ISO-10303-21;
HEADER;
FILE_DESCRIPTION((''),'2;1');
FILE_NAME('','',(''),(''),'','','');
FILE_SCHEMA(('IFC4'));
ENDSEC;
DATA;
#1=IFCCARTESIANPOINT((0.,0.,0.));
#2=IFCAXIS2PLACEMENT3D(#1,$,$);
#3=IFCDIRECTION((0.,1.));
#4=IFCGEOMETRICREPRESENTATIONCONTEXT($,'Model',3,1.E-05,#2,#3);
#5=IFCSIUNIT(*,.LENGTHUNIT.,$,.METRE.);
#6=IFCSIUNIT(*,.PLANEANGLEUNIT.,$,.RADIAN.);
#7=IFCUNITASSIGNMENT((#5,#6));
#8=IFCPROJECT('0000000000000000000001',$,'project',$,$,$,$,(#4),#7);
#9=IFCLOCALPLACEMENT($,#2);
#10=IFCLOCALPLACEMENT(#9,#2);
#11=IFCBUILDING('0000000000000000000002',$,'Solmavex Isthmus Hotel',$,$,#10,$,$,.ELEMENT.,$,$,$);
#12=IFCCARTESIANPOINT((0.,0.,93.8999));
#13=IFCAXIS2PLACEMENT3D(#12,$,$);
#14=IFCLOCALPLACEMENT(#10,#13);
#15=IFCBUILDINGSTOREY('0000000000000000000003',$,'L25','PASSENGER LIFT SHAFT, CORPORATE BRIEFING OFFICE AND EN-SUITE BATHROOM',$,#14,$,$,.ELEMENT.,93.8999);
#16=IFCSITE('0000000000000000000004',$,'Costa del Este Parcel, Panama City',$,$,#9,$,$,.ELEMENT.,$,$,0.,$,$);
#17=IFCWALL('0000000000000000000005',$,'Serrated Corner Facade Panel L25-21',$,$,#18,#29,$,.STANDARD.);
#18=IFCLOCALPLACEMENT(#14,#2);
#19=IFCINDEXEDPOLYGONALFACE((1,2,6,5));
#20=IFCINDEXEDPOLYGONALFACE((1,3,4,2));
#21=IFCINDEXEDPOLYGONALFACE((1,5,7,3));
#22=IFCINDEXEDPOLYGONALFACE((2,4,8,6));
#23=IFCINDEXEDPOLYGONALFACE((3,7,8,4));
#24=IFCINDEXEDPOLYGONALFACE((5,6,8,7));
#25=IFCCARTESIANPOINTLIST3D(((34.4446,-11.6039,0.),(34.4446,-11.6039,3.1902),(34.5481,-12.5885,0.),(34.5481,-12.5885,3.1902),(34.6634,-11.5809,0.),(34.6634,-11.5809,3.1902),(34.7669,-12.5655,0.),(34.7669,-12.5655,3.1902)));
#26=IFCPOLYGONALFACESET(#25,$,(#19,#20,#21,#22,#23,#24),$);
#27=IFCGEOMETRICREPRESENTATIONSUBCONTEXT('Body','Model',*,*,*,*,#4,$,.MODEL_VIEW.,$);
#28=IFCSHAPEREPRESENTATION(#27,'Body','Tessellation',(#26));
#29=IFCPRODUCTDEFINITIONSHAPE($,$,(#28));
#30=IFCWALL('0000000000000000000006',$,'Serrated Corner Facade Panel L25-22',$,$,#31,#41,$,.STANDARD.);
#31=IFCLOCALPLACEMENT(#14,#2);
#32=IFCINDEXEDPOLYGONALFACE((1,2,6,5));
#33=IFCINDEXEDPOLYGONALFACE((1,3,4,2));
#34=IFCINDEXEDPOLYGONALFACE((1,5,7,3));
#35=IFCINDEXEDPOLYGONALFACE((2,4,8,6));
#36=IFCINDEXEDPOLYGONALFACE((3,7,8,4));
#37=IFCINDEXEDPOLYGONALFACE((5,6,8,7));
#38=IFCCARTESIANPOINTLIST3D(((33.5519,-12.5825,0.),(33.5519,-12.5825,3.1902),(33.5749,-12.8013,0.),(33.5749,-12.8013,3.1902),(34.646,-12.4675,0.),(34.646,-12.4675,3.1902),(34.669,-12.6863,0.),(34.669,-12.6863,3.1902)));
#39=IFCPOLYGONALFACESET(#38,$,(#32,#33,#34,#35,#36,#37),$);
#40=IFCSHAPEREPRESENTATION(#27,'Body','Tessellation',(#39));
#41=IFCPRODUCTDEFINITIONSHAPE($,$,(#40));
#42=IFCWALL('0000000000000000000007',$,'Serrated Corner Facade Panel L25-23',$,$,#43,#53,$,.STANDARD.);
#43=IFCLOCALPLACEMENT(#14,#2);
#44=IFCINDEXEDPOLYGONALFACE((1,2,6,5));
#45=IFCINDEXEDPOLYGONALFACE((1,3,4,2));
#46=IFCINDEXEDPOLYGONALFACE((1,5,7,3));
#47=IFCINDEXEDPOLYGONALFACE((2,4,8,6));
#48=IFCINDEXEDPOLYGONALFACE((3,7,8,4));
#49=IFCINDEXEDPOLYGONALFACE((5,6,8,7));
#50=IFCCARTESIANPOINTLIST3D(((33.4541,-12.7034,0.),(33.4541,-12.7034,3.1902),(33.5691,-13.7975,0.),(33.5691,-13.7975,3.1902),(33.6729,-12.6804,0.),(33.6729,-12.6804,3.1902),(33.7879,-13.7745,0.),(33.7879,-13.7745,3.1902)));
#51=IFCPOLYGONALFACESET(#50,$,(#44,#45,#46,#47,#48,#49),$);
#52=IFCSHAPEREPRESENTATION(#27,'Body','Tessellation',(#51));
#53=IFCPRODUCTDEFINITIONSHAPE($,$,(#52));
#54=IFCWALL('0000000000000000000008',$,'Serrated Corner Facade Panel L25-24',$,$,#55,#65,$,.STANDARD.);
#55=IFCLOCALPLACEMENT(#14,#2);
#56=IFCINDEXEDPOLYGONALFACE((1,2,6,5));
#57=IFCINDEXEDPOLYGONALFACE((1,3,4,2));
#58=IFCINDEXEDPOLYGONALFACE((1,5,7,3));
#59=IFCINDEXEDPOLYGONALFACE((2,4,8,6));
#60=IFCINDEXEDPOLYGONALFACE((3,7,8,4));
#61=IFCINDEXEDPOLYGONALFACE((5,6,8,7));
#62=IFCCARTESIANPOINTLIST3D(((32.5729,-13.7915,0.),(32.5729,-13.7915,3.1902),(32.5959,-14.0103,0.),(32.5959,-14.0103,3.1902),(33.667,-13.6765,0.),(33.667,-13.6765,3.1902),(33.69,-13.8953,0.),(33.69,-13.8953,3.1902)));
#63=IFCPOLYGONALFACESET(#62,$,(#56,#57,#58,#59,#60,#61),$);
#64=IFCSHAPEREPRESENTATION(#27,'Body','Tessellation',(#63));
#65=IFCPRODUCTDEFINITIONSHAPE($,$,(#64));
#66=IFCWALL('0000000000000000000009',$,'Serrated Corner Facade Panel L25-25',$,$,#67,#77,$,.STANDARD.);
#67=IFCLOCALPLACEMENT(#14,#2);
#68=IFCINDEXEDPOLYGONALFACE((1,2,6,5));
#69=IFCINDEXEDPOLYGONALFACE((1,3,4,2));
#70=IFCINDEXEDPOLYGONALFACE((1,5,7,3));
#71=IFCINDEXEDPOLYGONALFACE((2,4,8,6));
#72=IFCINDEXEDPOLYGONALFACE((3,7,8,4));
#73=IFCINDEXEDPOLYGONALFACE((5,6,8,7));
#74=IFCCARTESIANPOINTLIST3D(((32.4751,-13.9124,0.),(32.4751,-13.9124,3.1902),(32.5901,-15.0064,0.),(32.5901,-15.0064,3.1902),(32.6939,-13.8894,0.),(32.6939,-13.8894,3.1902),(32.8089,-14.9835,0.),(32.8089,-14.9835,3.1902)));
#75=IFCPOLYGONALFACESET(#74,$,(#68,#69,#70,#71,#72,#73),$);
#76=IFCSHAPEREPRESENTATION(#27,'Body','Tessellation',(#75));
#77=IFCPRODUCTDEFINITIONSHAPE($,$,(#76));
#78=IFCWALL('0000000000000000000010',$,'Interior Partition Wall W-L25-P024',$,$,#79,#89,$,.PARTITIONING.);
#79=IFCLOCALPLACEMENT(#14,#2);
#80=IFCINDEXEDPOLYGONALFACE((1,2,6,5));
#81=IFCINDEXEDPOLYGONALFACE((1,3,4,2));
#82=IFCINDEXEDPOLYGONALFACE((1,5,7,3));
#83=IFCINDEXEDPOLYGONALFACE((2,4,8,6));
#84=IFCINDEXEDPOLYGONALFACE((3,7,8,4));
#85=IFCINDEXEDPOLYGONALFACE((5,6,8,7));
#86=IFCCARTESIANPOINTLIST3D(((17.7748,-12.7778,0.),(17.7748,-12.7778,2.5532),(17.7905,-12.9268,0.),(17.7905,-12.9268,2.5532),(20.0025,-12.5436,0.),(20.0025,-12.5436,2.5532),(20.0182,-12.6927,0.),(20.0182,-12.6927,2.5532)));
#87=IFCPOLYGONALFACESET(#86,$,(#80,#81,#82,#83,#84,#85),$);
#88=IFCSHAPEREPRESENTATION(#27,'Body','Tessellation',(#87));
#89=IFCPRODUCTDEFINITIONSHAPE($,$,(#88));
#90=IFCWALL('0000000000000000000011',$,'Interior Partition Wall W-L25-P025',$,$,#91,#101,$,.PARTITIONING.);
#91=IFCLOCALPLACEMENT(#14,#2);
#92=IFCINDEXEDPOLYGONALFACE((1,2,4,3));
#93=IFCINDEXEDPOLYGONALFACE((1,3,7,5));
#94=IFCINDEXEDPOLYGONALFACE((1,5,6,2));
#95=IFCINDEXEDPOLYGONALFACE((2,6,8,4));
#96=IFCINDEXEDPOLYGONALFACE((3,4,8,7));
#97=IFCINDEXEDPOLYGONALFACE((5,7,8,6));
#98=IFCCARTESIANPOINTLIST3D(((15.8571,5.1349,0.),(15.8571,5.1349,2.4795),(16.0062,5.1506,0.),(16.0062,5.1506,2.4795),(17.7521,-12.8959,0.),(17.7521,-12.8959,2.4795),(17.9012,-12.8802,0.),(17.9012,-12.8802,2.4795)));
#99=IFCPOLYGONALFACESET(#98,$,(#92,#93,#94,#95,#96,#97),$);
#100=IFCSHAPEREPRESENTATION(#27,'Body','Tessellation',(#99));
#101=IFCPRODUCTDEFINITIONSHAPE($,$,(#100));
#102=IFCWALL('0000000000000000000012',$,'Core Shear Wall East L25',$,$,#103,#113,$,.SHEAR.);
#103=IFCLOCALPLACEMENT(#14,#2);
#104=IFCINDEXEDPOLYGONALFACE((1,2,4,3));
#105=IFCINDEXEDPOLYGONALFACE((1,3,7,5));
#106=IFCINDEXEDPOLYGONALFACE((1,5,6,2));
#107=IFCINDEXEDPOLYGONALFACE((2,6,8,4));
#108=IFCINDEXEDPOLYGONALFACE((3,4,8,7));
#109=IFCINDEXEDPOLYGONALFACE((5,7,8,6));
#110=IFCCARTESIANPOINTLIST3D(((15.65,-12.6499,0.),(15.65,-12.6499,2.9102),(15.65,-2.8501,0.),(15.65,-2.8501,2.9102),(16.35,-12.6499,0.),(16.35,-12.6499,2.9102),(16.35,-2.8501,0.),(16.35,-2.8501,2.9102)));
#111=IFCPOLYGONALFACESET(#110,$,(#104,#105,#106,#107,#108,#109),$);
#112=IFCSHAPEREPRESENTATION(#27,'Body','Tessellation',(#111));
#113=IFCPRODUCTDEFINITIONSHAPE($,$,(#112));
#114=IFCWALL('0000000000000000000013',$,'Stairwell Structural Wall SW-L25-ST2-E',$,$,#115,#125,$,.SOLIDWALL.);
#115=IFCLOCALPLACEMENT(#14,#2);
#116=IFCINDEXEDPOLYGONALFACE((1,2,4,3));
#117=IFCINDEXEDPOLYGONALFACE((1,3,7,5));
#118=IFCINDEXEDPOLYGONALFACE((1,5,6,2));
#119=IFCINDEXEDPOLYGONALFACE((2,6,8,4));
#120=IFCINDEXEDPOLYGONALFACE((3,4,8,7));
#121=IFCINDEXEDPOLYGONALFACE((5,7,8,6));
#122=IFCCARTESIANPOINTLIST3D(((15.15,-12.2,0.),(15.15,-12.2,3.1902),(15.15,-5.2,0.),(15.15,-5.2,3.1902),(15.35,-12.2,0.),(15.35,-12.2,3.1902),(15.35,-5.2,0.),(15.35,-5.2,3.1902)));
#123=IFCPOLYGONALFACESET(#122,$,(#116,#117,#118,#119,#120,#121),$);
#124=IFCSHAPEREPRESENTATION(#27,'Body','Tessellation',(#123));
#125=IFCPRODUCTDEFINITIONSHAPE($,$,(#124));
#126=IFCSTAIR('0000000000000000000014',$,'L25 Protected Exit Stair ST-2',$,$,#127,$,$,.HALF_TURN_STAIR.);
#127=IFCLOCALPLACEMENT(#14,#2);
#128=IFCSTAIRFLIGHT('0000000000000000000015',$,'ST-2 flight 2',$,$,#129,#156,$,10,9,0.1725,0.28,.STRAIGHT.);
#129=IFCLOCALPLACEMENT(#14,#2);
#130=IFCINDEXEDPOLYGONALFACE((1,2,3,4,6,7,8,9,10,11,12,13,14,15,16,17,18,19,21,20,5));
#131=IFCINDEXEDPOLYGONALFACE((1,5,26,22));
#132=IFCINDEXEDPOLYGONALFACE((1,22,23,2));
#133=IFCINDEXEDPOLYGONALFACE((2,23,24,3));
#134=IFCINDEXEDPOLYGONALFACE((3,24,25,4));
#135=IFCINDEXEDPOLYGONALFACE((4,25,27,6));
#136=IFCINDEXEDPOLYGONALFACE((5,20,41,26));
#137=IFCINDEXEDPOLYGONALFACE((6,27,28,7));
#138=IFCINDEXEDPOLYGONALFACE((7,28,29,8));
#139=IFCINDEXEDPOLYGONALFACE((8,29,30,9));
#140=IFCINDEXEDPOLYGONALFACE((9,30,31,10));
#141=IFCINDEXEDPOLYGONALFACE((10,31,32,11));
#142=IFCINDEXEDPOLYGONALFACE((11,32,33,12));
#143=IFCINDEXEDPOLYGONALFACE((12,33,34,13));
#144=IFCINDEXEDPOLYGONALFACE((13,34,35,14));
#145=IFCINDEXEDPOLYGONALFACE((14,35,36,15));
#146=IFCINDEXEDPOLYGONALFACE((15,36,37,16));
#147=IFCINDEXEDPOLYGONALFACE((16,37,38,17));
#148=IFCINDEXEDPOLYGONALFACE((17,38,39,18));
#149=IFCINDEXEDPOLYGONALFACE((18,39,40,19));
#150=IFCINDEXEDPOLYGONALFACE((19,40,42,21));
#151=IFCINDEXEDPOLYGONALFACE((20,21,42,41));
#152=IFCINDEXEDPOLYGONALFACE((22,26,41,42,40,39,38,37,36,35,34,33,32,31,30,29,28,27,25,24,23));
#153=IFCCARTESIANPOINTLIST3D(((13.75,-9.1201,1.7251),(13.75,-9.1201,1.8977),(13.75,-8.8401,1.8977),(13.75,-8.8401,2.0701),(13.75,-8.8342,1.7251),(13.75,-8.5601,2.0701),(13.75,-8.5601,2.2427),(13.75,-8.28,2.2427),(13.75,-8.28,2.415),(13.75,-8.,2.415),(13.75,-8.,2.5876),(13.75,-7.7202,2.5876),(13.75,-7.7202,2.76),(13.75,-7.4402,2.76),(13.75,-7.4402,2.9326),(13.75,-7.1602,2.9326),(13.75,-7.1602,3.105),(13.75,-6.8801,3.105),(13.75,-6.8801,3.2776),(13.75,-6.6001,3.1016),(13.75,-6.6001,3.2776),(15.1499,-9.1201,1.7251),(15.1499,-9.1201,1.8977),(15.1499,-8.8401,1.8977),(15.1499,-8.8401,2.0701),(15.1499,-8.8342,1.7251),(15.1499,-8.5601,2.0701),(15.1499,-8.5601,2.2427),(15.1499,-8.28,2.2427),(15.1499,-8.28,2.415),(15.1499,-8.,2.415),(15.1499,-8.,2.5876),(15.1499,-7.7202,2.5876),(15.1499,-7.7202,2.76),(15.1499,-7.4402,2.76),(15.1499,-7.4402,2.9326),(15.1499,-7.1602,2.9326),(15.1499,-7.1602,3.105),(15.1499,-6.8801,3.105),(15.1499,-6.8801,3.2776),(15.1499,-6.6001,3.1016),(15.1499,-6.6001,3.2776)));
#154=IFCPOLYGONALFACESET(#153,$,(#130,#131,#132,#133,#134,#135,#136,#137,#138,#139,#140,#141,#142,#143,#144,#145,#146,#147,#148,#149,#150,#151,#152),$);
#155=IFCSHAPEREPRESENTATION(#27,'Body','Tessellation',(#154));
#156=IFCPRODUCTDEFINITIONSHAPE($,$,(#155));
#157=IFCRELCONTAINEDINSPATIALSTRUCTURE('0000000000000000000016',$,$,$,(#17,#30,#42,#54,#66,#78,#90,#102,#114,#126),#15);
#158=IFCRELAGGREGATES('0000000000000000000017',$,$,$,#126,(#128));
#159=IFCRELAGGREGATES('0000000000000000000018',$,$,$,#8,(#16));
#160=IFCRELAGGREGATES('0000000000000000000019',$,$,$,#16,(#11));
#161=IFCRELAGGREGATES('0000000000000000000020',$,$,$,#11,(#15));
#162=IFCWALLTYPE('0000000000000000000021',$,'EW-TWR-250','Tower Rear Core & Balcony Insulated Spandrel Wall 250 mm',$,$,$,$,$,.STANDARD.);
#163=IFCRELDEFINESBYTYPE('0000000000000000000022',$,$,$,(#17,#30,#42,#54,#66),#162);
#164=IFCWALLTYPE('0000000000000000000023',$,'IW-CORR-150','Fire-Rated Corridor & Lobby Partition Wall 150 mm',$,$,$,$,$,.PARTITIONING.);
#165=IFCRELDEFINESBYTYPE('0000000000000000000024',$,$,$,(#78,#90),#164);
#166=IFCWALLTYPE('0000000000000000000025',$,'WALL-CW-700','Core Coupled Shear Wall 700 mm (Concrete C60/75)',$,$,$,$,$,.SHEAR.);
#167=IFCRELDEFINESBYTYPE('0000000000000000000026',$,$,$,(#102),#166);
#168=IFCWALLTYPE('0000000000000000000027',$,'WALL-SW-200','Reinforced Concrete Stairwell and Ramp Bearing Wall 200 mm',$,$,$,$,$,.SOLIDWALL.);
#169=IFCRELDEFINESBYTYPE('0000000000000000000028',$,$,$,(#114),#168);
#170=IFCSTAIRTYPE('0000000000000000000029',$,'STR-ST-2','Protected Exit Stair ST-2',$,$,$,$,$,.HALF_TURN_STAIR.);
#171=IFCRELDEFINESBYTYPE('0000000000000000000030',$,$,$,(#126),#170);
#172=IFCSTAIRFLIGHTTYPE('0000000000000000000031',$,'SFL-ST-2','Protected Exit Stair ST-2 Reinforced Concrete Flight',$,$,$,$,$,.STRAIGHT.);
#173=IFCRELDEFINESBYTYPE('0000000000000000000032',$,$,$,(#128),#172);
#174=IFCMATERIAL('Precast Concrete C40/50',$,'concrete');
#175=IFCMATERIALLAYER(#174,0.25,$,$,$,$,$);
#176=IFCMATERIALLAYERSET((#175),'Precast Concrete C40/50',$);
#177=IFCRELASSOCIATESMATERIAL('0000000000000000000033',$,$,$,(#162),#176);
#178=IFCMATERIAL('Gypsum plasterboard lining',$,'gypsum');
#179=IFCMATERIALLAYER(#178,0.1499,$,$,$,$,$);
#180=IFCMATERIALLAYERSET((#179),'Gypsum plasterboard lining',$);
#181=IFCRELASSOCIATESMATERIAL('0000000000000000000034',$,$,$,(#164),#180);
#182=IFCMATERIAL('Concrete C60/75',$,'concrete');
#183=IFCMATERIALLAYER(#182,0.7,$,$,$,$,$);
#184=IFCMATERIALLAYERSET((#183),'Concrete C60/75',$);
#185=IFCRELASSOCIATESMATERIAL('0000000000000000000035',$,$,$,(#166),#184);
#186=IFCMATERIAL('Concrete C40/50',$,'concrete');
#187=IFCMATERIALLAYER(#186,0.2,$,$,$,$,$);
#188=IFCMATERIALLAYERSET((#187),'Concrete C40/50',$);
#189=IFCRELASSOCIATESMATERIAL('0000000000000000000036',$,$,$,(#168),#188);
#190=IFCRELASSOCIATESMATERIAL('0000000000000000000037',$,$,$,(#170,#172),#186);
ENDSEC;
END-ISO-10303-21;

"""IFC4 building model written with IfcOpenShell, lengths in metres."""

from ifc_helpers import new_model, si_unit, direction, frame, frame_2d, origin, place, context, subcontext, project, spatial, polyline, rectangle, outline, extrude, material, layer, layer_set, type_object, element, aggregate, save


model = new_model("IFC4")

# Units and contexts
model_context = context("Model", 3, precision=1e-05, world=origin(), true_north=direction((0.0, 1.0)))
body_context = subcontext(model_context, "Body", "Model", "MODEL_VIEW")
ifc_project = project(units=[si_unit("LENGTHUNIT", "METRE"), si_unit("PLANEANGLEUNIT", "RADIAN")], contexts=[model_context])

# Site, building, storey
site_placement = place(None, origin())
site = spatial("IfcSite", under=ifc_project, at=site_placement, Name="Costa del Este Parcel, Panama City", CompositionType="ELEMENT", RefElevation=0.0)
building_placement = place(site_placement, origin())
building = spatial("IfcBuilding", under=site, at=building_placement, Name="Solmavex Isthmus Hotel", CompositionType="ELEMENT")
storey_placement = place(building_placement, frame((0.0, 0.0, 93.8999)))
storey = spatial("IfcBuildingStorey", under=building, at=storey_placement, Name="L25", Description="PASSENGER LIFT SHAFT, CORPORATE BRIEFING OFFICE AND EN-SUITE BATHROOM", CompositionType="ELEMENT", Elevation=93.8999)

# Shared definitions
ifc_material_1 = material(Name="Concrete C60/75", Category="concrete")

# Walls
ifc_material_2 = material(Name="Precast Concrete C40/50", Category="concrete")
ifc_layer_1 = layer(ifc_material_2, 0.25)
ifc_layer_set_1 = layer_set([ifc_layer_1], Name="Precast Concrete C40/50")
wall_type_1 = type_object("IfcWallType", Name="EW-TWR-250", Description="Tower Rear Core & Balcony Insulated Spandrel Wall 250 mm", PredefinedType="STANDARD", material=ifc_layer_set_1)
wall_1_placement = place(storey_placement, frame((34.554, -11.5923, 0.0), z_axis=(0.0, 0.0, 1.0), x_axis=(0.104556, -0.994519, 0.0)))
element("IfcWall", 1, at=wall_1_placement, inside=storey, type_object=wall_type_1, Name="Serrated Corner Facade Panel L25-21", PredefinedType="STANDARD", context=body_context, shape_type="SweptSolid", body=[
    extrude(rectangle(XDim=0.99, YDim=0.22, at=frame_2d((0.4951, 0.0))), origin(), (0.0, 0.0, 1.0), 3.1902),
])
for number, where, z_axis, x_axis, name in (
    (2, (34.6575, -12.5769, 0.0), (0.0, 0.0, 1.0), (-0.994521, -0.104535, 0.0), "Serrated Corner Facade Panel L25-22"),
    (3, (33.5635, -12.6919, 0.0), (0.0, 0.0, 1.0), (0.104535, -0.994521, 0.0), "Serrated Corner Facade Panel L25-23"),
    (4, (33.6785, -13.7859, 0.0), (0.0, 0.0, 1.0), (-0.994521, -0.104535, 0.0), "Serrated Corner Facade Panel L25-24"),
    (5, (32.5845, -13.9009, 0.0), (0.0, 0.0, 1.0), (0.104535, -0.994521, 0.0), "Serrated Corner Facade Panel L25-25"),
):
    element("IfcWall", number, at=place(storey_placement, frame(where, z_axis=z_axis, x_axis=x_axis)), inside=storey, type_object=wall_type_1, Name=name, PredefinedType="STANDARD", context=body_context, shape_type="SweptSolid", body=[
        extrude(rectangle(XDim=1.1001, YDim=0.22, at=frame_2d((0.55, 0.0))), origin(), (0.0, 0.0, 1.0), 3.1902),
    ])
ifc_material_3 = material(Name="Gypsum plasterboard lining", Category="gypsum")
ifc_layer_2 = layer(ifc_material_3, 0.1499)
ifc_layer_set_2 = layer_set([ifc_layer_2], Name="Gypsum plasterboard lining")
wall_type_2 = type_object("IfcWallType", Name="IW-CORR-150", Description="Fire-Rated Corridor & Lobby Partition Wall 150 mm", PredefinedType="PARTITIONING", material=ifc_layer_set_2)
wall_2_placement = place(storey_placement, frame((20.0105, -12.6182, 0.0), z_axis=(0.0, 0.0, 1.0), x_axis=(-0.994523, -0.10452, 0.0)))
element("IfcWall", 6, at=wall_2_placement, inside=storey, type_object=wall_type_2, Name="Interior Partition Wall W-L25-P024", PredefinedType="PARTITIONING", context=body_context, shape_type="SweptSolid", body=[
    extrude(rectangle(XDim=2.24, YDim=0.1499, at=frame_2d((1.1201, 0.0))), origin(), (0.0, 0.0, 1.0), 2.5532),
])
wall_3_placement = place(storey_placement, frame((17.8267, -12.8879, 0.0), z_axis=(0.0, 0.0, 1.0), x_axis=(-0.104524, 0.994522, 0.0)))
element("IfcWall", 7, at=wall_3_placement, inside=storey, type_object=wall_type_2, Name="Interior Partition Wall W-L25-P025", PredefinedType="PARTITIONING", context=body_context, shape_type="SweptSolid", body=[
    extrude(rectangle(XDim=18.1301, YDim=0.1499, at=frame_2d((9.0649, 0.0))), origin(), (0.0, 0.0, 1.0), 2.4795),
])
ifc_layer_3 = layer(ifc_material_1, 0.7)
ifc_layer_set_3 = layer_set([ifc_layer_3], Name="Concrete C60/75")
wall_type_3 = type_object("IfcWallType", Name="WALL-CW-700", Description="Core Coupled Shear Wall 700 mm (Concrete C60/75)", PredefinedType="SHEAR", material=ifc_layer_set_3)
wall_4_placement = place(storey_placement, frame((16.0, -12.6499, 0.0), z_axis=(0.0, 0.0, 1.0), x_axis=(0.0, 1.0, 0.0)))
element("IfcWall", 8, at=wall_4_placement, inside=storey, type_object=wall_type_3, Name="Core Shear Wall East L25", PredefinedType="SHEAR", context=body_context, shape_type="SweptSolid", body=[
    extrude(rectangle(XDim=9.7998, YDim=0.7, at=frame_2d((4.8999, 0.0))), origin(), (0.0, 0.0, 1.0), 2.9102),
])
ifc_material_4 = material(Name="Concrete C40/50", Category="concrete")
ifc_layer_4 = layer(ifc_material_4, 0.2)
ifc_layer_set_4 = layer_set([ifc_layer_4], Name="Concrete C40/50")
wall_type_4 = type_object("IfcWallType", Name="WALL-SW-200", Description="Reinforced Concrete Stairwell and Ramp Bearing Wall 200 mm", PredefinedType="SOLIDWALL", material=ifc_layer_set_4)
wall_5_placement = place(storey_placement, frame((15.25, -12.2, 0.0), z_axis=(0.0, 0.0, 1.0), x_axis=(0.0, 1.0, 0.0)))
element("IfcWall", 9, at=wall_5_placement, inside=storey, type_object=wall_type_4, Name="Stairwell Structural Wall SW-L25-ST2-E", PredefinedType="SOLIDWALL", context=body_context, shape_type="SweptSolid", body=[
    extrude(rectangle(XDim=7.0, YDim=0.2, at=frame_2d((3.5, 0.0))), origin(), (0.0, 0.0, 1.0), 3.1902),
])

# Stair, stair flight
stair_type = type_object("IfcStairType", Name="STR-ST-2", Description="Protected Exit Stair ST-2", PredefinedType="HALF_TURN_STAIR", material=ifc_material_4)
stair_placement = place(storey_placement, origin())
stair = element("IfcStair", 10, at=stair_placement, inside=storey, type_object=stair_type, Name="L25 Protected Exit Stair ST-2", PredefinedType="HALF_TURN_STAIR")
stair_flight_type = type_object("IfcStairFlightType", Name="SFL-ST-2", Description="Protected Exit Stair ST-2 Reinforced Concrete Flight", PredefinedType="STRAIGHT", material=ifc_material_4)
stair_flight_placement = place(storey_placement, frame((14.45, -9.1201, 1.7251), z_axis=(0.0, 0.0, 1.0), x_axis=(0.0, 1.0, 0.0)))
stair_flight = element("IfcStairFlight", 11, at=stair_flight_placement, type_object=stair_flight_type, Name="ST-2 flight 2", NumberOfRisers=10, NumberOfTreads=9, PredefinedType="STRAIGHT", RiserHeight=0.1725, TreadLength=0.28, context=body_context, shape_type="SweptSolid", body=[
    extrude(outline(polyline([(0.0, 0.0), (0.0, 0.1726), (0.28, 0.1726), (0.28, 0.345), (0.5601, 0.345), (0.5601, 0.5176), (0.8401, 0.5176), (0.8401, 0.6899), (1.1201, 0.6899), (1.1201, 0.8625), (1.3999, 0.8625), (1.3999, 1.0349), (1.6799, 1.0349), (1.6799, 1.2075), (1.96, 1.2075), (1.96, 1.3799), (2.24, 1.3799), (2.24, 1.5525), (2.52, 1.5525), (2.52, 1.7251), (2.52, 1.3765), (0.2859, 0.0), (0.0, 0.0)])), frame((0.0, 0.7, 0.0), z_axis=(0.0, -1.0, 0.0), x_axis=(1.0, 0.0, 0.0)), (0.0, 0.0, 1.0), 1.3999),
])
aggregate(stair, [stair_flight])

save(model, "model.ifc")
